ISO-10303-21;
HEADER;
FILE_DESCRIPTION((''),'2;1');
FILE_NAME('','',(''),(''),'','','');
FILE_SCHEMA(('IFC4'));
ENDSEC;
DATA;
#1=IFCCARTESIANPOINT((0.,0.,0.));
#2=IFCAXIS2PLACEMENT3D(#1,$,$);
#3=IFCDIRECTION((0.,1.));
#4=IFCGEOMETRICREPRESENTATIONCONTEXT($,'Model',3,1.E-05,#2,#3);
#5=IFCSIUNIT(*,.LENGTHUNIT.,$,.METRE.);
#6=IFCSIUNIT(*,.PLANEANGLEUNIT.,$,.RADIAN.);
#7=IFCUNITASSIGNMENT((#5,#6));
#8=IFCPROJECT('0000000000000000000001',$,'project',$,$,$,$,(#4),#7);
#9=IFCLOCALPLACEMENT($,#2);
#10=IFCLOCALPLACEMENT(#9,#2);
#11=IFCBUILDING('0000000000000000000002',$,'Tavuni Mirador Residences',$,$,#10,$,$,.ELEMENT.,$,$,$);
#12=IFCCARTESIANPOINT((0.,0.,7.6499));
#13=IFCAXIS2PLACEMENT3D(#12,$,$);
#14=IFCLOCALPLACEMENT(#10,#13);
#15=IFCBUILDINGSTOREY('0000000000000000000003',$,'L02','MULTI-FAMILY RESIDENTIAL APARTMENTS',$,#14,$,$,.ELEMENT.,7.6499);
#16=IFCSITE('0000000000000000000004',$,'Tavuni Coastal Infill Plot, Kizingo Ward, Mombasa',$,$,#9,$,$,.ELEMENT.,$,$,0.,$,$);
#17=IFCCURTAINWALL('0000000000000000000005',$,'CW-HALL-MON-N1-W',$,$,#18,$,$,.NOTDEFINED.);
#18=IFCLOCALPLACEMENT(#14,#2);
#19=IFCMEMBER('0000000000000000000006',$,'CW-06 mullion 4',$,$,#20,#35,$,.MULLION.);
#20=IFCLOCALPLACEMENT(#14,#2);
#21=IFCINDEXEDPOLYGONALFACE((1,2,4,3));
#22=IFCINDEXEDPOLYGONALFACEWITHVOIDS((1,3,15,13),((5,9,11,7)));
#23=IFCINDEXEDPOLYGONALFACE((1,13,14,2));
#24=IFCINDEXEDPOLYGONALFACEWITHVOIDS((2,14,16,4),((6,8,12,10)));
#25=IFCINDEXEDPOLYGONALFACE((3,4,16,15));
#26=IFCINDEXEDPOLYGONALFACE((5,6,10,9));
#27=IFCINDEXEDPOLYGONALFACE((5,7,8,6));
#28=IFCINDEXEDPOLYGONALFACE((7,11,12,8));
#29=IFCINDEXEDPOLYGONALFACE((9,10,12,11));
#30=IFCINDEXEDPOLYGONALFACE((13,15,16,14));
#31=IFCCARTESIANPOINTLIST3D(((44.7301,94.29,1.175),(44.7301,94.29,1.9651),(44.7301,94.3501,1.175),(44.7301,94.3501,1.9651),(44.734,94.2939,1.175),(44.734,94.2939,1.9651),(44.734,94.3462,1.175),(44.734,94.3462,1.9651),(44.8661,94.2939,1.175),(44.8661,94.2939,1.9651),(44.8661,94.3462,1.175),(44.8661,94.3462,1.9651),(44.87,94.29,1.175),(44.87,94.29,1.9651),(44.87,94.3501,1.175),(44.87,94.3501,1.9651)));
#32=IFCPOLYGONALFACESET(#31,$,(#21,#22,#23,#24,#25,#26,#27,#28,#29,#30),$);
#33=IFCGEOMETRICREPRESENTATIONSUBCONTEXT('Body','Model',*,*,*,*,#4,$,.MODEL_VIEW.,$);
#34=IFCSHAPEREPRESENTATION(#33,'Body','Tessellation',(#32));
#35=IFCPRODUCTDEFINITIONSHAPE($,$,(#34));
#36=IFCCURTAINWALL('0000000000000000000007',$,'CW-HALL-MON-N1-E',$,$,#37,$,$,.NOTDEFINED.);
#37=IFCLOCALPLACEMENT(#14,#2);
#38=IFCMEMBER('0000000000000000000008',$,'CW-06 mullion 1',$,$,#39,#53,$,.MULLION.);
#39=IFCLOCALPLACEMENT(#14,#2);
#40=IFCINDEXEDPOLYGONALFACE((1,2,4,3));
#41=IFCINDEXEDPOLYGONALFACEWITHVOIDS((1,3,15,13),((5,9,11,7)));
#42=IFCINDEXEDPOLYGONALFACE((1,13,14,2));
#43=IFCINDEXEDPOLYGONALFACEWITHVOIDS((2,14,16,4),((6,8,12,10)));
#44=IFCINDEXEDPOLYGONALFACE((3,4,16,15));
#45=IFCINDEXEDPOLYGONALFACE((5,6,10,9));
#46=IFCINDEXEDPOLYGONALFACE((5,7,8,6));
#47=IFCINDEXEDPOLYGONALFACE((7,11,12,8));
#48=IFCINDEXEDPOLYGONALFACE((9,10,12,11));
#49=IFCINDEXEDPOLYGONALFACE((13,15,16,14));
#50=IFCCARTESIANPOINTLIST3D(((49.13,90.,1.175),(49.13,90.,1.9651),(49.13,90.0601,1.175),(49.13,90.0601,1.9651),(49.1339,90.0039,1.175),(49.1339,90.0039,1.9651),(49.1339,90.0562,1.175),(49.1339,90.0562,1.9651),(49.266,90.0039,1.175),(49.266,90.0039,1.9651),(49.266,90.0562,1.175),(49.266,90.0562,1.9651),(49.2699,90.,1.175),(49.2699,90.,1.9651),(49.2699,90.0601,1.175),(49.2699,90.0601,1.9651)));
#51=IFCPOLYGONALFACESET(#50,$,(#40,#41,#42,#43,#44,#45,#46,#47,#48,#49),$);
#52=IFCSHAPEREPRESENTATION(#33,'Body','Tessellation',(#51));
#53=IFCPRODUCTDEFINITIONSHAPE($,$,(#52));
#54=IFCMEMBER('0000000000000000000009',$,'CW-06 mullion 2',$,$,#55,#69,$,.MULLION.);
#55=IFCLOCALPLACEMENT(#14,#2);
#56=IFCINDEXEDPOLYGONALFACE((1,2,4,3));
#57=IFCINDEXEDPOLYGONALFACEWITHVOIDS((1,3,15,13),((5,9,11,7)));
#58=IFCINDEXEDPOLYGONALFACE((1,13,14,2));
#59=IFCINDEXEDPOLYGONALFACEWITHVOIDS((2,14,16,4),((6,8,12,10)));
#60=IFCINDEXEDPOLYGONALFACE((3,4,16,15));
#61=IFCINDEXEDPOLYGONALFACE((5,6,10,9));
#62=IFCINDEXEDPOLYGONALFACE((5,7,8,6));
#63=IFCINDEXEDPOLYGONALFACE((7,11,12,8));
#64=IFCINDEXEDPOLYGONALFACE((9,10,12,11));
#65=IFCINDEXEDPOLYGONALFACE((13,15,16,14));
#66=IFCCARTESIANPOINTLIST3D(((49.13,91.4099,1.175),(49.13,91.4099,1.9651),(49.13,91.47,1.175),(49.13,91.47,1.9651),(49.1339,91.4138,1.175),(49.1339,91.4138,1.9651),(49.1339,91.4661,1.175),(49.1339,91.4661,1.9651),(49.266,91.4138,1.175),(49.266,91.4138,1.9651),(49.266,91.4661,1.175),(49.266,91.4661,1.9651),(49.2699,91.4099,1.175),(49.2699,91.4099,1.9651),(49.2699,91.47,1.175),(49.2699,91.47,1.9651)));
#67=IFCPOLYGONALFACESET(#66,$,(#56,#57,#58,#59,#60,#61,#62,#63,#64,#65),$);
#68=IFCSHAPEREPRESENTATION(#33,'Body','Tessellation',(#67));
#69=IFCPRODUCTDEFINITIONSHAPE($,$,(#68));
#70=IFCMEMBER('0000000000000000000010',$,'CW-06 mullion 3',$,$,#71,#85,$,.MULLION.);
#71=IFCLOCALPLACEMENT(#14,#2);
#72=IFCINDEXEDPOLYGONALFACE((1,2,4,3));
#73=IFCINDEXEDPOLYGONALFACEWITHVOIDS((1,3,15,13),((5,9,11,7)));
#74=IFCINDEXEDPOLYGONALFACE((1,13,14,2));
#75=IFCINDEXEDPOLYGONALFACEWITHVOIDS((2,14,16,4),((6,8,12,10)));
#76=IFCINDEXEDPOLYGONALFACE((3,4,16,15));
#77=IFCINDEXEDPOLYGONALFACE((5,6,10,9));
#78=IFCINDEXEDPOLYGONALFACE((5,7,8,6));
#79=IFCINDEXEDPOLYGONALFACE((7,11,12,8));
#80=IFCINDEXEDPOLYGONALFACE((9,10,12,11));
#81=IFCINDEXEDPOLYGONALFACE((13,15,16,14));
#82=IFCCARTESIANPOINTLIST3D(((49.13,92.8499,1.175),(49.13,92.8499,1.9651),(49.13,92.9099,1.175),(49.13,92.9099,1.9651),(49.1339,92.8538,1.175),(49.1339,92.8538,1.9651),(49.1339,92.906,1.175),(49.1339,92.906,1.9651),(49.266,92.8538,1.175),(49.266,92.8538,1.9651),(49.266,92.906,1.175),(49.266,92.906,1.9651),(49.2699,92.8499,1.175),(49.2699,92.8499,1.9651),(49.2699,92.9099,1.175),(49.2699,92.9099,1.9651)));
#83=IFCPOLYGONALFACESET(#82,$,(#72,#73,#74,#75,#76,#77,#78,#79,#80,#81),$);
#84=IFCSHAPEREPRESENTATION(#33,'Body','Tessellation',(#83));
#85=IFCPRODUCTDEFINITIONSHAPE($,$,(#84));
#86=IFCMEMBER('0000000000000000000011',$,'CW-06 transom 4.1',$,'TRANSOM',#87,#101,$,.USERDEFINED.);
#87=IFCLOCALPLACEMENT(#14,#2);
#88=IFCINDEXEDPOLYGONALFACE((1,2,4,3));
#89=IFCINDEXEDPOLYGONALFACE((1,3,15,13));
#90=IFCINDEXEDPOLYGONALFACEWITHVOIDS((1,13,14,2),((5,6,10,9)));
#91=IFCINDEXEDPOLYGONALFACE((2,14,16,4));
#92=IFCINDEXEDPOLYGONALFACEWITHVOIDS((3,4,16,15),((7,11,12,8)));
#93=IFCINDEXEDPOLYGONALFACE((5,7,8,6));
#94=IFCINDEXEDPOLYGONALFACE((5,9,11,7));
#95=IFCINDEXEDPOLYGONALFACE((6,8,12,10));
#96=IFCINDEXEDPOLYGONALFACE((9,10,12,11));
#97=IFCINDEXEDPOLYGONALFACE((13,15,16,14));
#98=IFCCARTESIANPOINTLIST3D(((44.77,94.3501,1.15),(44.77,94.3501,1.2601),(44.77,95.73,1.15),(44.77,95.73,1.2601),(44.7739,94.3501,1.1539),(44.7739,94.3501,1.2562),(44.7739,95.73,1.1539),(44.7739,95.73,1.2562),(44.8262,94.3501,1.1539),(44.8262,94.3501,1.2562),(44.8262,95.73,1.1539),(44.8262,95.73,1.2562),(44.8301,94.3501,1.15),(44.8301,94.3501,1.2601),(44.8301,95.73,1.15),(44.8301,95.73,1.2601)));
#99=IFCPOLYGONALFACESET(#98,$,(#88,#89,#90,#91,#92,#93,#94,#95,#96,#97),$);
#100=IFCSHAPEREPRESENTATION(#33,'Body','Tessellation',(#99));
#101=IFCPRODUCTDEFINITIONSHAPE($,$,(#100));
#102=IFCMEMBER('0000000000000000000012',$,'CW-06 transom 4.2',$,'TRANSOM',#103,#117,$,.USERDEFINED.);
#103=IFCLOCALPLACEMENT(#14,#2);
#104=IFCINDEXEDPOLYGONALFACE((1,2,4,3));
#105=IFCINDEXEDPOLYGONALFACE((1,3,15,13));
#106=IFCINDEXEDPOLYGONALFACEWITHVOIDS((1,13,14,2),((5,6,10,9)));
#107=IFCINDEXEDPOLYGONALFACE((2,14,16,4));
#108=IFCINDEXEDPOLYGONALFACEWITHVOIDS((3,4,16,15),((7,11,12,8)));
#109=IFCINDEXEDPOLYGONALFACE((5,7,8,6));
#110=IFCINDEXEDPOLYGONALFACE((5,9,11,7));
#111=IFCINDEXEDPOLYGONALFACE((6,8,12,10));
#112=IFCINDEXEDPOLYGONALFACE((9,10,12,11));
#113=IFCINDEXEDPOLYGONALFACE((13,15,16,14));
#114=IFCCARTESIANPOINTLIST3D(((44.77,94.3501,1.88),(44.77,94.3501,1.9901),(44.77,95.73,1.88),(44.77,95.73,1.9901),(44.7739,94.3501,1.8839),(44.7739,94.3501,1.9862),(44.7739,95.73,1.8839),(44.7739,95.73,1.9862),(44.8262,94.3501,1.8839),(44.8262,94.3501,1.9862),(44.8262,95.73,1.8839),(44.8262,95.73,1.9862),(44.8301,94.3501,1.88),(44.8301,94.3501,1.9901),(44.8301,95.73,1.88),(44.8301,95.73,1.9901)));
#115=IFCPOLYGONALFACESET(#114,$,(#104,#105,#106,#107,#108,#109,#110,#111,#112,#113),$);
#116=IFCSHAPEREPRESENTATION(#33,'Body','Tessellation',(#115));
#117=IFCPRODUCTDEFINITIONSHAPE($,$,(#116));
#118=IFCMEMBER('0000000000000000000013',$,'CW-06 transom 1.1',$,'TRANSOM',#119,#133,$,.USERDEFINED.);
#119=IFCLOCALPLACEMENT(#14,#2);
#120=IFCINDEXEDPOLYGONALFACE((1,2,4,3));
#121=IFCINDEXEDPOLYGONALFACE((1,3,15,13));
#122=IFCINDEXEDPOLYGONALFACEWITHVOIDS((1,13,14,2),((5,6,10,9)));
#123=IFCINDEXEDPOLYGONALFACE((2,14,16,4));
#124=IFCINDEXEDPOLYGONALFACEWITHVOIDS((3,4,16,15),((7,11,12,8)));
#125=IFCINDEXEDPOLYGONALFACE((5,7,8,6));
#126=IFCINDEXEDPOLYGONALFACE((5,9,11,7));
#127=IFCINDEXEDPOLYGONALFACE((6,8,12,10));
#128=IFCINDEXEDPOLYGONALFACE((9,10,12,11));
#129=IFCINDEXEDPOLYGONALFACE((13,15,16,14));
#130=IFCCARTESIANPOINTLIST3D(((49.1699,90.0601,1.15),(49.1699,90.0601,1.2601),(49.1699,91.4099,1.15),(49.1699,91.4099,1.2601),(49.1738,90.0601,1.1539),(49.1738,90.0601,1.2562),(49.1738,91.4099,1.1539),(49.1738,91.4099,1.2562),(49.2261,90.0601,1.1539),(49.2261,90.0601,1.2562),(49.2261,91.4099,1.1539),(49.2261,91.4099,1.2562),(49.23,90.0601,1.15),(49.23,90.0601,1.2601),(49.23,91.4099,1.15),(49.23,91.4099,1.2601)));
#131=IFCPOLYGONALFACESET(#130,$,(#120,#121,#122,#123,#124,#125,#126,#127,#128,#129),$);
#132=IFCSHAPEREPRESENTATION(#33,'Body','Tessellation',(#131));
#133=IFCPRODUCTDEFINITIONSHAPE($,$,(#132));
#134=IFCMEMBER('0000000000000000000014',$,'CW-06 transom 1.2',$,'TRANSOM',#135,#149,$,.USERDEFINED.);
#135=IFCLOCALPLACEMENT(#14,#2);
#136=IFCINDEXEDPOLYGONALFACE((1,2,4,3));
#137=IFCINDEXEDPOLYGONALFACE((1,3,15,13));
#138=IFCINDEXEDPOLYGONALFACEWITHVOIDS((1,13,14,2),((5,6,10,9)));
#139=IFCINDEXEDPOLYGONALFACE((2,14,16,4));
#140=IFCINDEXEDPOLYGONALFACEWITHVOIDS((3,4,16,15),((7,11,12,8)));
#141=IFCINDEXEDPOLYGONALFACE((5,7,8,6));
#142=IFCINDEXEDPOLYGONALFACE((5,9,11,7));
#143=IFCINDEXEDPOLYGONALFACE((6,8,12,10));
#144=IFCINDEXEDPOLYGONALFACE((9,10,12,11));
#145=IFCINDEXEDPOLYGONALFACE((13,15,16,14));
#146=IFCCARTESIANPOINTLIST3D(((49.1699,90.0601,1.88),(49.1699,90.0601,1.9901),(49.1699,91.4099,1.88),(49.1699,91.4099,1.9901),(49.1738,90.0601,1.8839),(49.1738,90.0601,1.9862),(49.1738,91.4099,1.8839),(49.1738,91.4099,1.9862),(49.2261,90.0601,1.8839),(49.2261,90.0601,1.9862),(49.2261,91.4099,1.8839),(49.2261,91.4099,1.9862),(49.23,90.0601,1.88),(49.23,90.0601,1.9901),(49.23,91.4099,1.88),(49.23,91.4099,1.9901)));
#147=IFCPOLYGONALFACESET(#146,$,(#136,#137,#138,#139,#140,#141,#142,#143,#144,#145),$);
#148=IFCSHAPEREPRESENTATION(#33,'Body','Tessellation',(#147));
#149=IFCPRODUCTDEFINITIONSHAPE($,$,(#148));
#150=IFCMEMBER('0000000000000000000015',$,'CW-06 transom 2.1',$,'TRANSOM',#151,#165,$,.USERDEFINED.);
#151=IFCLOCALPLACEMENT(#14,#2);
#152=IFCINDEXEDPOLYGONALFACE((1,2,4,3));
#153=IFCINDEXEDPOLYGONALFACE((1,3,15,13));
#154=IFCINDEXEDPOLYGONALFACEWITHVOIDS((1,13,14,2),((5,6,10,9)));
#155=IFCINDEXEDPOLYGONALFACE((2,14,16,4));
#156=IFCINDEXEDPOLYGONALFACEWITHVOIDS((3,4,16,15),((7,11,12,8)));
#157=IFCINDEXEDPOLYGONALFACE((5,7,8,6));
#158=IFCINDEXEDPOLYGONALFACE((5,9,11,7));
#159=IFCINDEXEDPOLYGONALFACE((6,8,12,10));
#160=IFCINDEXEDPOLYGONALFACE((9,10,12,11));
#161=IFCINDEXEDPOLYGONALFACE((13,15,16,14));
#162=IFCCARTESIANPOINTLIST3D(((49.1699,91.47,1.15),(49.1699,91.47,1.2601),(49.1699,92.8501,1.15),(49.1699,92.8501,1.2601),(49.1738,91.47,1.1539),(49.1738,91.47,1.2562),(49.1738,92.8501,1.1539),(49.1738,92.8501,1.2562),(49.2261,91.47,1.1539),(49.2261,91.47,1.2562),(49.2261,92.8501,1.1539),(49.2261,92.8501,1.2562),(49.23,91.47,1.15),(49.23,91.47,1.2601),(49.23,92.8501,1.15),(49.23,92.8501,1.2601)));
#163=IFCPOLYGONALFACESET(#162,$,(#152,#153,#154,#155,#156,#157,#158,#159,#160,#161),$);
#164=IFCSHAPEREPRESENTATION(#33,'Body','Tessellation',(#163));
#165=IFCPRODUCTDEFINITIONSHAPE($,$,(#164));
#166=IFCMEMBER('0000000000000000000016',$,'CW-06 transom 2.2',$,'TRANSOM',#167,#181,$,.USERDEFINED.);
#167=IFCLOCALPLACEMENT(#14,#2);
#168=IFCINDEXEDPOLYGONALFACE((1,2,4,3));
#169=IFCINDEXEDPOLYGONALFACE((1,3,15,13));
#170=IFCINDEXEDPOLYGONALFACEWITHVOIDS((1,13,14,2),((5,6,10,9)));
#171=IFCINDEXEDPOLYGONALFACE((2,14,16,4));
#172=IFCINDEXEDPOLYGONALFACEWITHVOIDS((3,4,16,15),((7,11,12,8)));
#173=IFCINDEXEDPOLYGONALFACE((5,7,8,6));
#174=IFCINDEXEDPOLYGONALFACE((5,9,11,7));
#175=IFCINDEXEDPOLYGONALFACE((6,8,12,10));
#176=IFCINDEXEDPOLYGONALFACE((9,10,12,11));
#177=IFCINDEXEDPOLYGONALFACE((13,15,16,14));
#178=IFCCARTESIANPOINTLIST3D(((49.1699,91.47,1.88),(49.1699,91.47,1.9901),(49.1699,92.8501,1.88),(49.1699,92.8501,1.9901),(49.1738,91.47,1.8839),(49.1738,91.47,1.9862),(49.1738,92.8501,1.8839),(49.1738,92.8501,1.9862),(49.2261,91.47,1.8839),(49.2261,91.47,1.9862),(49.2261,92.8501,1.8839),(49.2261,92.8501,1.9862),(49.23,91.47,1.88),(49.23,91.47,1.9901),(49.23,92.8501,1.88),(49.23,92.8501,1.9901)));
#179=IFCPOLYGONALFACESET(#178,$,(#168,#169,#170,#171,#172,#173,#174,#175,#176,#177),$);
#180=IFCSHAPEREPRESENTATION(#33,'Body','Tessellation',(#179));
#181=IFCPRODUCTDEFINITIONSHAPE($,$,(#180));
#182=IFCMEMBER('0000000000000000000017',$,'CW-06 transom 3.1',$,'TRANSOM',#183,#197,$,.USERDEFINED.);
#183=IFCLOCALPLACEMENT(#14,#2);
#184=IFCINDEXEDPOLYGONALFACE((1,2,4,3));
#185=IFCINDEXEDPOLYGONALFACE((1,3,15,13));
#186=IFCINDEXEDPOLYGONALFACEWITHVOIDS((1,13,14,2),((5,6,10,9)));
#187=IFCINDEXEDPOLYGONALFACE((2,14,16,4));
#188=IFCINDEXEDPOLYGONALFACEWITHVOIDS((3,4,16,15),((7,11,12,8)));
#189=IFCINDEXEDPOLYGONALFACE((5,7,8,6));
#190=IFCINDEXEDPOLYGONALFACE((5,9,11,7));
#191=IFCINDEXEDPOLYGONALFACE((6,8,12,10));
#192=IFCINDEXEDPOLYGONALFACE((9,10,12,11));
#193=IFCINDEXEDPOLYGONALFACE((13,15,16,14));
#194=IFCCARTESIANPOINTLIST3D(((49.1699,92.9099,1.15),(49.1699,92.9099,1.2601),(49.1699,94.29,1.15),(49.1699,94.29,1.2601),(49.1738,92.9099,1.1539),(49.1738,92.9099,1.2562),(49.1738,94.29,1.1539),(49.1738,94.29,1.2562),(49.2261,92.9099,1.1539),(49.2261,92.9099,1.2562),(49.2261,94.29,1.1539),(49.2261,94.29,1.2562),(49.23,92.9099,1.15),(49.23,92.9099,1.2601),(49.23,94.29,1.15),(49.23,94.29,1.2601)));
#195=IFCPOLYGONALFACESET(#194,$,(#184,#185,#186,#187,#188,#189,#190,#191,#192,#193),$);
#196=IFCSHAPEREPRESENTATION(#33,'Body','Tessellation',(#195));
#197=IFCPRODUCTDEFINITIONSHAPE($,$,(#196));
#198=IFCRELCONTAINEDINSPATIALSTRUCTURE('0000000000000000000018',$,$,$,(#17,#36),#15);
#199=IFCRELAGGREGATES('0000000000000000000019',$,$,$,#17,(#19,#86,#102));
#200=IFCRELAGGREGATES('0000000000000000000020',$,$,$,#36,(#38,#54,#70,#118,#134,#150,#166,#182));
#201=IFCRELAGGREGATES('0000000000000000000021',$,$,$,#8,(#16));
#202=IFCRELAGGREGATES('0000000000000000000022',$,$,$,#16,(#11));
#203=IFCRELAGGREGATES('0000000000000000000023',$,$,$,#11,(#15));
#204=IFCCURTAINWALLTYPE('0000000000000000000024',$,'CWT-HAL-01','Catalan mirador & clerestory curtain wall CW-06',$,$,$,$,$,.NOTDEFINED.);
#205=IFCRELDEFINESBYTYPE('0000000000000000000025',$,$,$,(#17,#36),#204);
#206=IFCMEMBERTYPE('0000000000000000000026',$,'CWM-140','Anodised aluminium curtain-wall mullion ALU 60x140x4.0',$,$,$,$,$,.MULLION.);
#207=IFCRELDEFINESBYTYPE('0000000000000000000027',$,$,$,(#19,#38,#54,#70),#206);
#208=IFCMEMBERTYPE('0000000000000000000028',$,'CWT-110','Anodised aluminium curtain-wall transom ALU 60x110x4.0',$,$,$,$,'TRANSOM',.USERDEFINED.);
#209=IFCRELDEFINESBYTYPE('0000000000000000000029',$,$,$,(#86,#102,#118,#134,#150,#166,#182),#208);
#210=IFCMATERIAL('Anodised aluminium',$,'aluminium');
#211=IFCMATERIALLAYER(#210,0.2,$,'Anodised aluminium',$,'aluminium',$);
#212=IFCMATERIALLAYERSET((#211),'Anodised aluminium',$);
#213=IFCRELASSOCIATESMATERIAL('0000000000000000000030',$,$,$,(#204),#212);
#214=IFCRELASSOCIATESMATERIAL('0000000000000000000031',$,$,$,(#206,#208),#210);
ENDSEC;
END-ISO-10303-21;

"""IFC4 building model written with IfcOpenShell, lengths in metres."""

from ifc_helpers import new_model, si_unit, direction, frame, origin, origin_2d, place, context, subcontext, project, spatial, hollow_rectangle, extrude, material, layer, layer_set, material_profile, profile_set, type_object, element, aggregate, save


model = new_model("IFC4")

# Units and contexts
model_context = context("Model", 3, precision=1e-05, world=origin(), true_north=direction((0.0, 1.0)))
body_context = subcontext(model_context, "Body", "Model", "MODEL_VIEW")
ifc_project = project(units=[si_unit("LENGTHUNIT", "METRE"), si_unit("PLANEANGLEUNIT", "RADIAN")], contexts=[model_context])

# Site, building, storey
site_placement = place(None, origin())
site = spatial("IfcSite", under=ifc_project, at=site_placement, Name="Tavuni Coastal Infill Plot, Kizingo Ward, Mombasa", CompositionType="ELEMENT", RefElevation=0.0)
building_placement = place(site_placement, origin())
building = spatial("IfcBuilding", under=site, at=building_placement, Name="Tavuni Mirador Residences", CompositionType="ELEMENT")
storey_placement = place(building_placement, frame((0.0, 0.0, 7.6499)))
storey = spatial("IfcBuildingStorey", under=building, at=storey_placement, Name="L02", Description="MULTI-FAMILY RESIDENTIAL APARTMENTS", CompositionType="ELEMENT", Elevation=7.6499)

# Curtain wall, member
ifc_material_1 = material(Name="Anodised aluminium", Category="aluminium")
ifc_layer_1 = layer(ifc_material_1, 0.2, Name="Anodised aluminium", Category="aluminium")
ifc_layer_set_1 = layer_set([ifc_layer_1], Name="Anodised aluminium")
curtain_wall_type = type_object("IfcCurtainWallType", Name="CWT-HAL-01", Description="Catalan mirador & clerestory curtain wall CW-06", PredefinedType="NOTDEFINED", material=ifc_layer_set_1)
curtain_wall_1_placement = place(storey_placement, origin())
curtain_wall_1 = element("IfcCurtainWall", 1, at=curtain_wall_1_placement, inside=storey, type_object=curtain_wall_type, Name="CW-HALL-MON-N1-W", PredefinedType="NOTDEFINED")
ifc_material_profile_1 = material_profile(ifc_material_1, hollow_rectangle(XDim=0.0601, YDim=0.1399, WallThickness=0.0039, at=origin_2d()), Name="ALU 60x140x4.0", Category="aluminium")
ifc_profile_set_1 = profile_set([ifc_material_profile_1], Name="Anodised aluminium")
member_type_1 = type_object("IfcMemberType", Name="CWM-140", Description="Anodised aluminium curtain-wall mullion ALU 60x140x4.0", PredefinedType="MULLION", material=ifc_profile_set_1)
member_1_placement = place(storey_placement, frame((44.8, 94.3201, 1.175), z_axis=(0.0, 0.0, 1.0), x_axis=(0.0, 1.0, 0.0)))
member_1 = element("IfcMember", 2, at=member_1_placement, type_object=member_type_1, Name="CW-06 mullion 4", PredefinedType="MULLION", context=body_context, shape_type="SweptSolid", body=[
    extrude(hollow_rectangle(XDim=0.0601, YDim=0.1399, WallThickness=0.0039, at=origin_2d()), origin(), (0.0, 0.0, 1.0), 0.79),
])

# Curtain wall, members
curtain_wall_2_placement = place(storey_placement, origin())
curtain_wall_2 = element("IfcCurtainWall", 3, at=curtain_wall_2_placement, inside=storey, type_object=curtain_wall_type, Name="CW-HALL-MON-N1-E", PredefinedType="NOTDEFINED")
member_2_placement = place(storey_placement, frame((49.2, 90.03, 1.175), z_axis=(0.0, 0.0, 1.0), x_axis=(0.0, 1.0, 0.0)))
member_2 = element("IfcMember", 4, at=member_2_placement, type_object=member_type_1, Name="CW-06 mullion 1", PredefinedType="MULLION", context=body_context, shape_type="SweptSolid", body=[
    extrude(hollow_rectangle(XDim=0.0601, YDim=0.1399, WallThickness=0.0039, at=origin_2d()), origin(), (0.0, 0.0, 1.0), 0.79),
])
member_3_placement = place(storey_placement, frame((49.2, 91.4399, 1.175), z_axis=(0.0, 0.0, 1.0), x_axis=(0.0, 1.0, 0.0)))
member_3 = element("IfcMember", 5, at=member_3_placement, type_object=member_type_1, Name="CW-06 mullion 2", PredefinedType="MULLION", context=body_context, shape_type="SweptSolid", body=[
    extrude(hollow_rectangle(XDim=0.0601, YDim=0.1399, WallThickness=0.0039, at=origin_2d()), origin(), (0.0, 0.0, 1.0), 0.79),
])
member_4_placement = place(storey_placement, frame((49.2, 92.8799, 1.175), z_axis=(0.0, 0.0, 1.0), x_axis=(0.0, 1.0, 0.0)))
member_4 = element("IfcMember", 6, at=member_4_placement, type_object=member_type_1, Name="CW-06 mullion 3", PredefinedType="MULLION", context=body_context, shape_type="SweptSolid", body=[
    extrude(hollow_rectangle(XDim=0.0601, YDim=0.1399, WallThickness=0.0039, at=origin_2d()), origin(), (0.0, 0.0, 1.0), 0.79),
])

# Members
ifc_material_profile_2 = material_profile(ifc_material_1, hollow_rectangle(XDim=0.0601, YDim=0.1101, WallThickness=0.0039, at=origin_2d()), Name="ALU 60x110x4.0", Category="aluminium")
ifc_profile_set_2 = profile_set([ifc_material_profile_2], Name="Anodised aluminium")
member_type_2 = type_object("IfcMemberType", Name="CWT-110", Description="Anodised aluminium curtain-wall transom ALU 60x110x4.0", ElementType="TRANSOM", PredefinedType="USERDEFINED", material=ifc_profile_set_2)
member_5_placement = place(storey_placement, frame((44.8, 94.3501, 1.2051), z_axis=(0.0, 1.0, 0.0), x_axis=(-1.0, 0.0, 0.0)))
member_5 = element("IfcMember", 7, at=member_5_placement, type_object=member_type_2, Name="CW-06 transom 4.1", ObjectType="TRANSOM", PredefinedType="USERDEFINED", context=body_context, shape_type="SweptSolid", body=[
    extrude(hollow_rectangle(XDim=0.0601, YDim=0.1101, WallThickness=0.0039, at=origin_2d()), origin(), (0.0, 0.0, 1.0), 1.3799),
])
member_6_placement = place(storey_placement, frame((44.8, 94.3501, 1.9351), z_axis=(0.0, 1.0, 0.0), x_axis=(-1.0, 0.0, 0.0)))
member_6 = element("IfcMember", 8, at=member_6_placement, type_object=member_type_2, Name="CW-06 transom 4.2", ObjectType="TRANSOM", PredefinedType="USERDEFINED", context=body_context, shape_type="SweptSolid", body=[
    extrude(hollow_rectangle(XDim=0.0601, YDim=0.1101, WallThickness=0.0039, at=origin_2d()), origin(), (0.0, 0.0, 1.0), 1.3799),
])
member_7_placement = place(storey_placement, frame((49.2, 90.0601, 1.2051), z_axis=(0.0, 1.0, 0.0), x_axis=(-1.0, 0.0, 0.0)))
member_7 = element("IfcMember", 9, at=member_7_placement, type_object=member_type_2, Name="CW-06 transom 1.1", ObjectType="TRANSOM", PredefinedType="USERDEFINED", context=body_context, shape_type="SweptSolid", body=[
    extrude(hollow_rectangle(XDim=0.0601, YDim=0.1101, WallThickness=0.0039, at=origin_2d()), origin(), (0.0, 0.0, 1.0), 1.3499),
])
member_8_placement = place(storey_placement, frame((49.2, 90.0601, 1.9351), z_axis=(0.0, 1.0, 0.0), x_axis=(-1.0, 0.0, 0.0)))
member_8 = element("IfcMember", 10, at=member_8_placement, type_object=member_type_2, Name="CW-06 transom 1.2", ObjectType="TRANSOM", PredefinedType="USERDEFINED", context=body_context, shape_type="SweptSolid", body=[
    extrude(hollow_rectangle(XDim=0.0601, YDim=0.1101, WallThickness=0.0039, at=origin_2d()), origin(), (0.0, 0.0, 1.0), 1.3499),
])
member_9_placement = place(storey_placement, frame((49.2, 91.47, 1.2051), z_axis=(0.0, 1.0, 0.0), x_axis=(-1.0, 0.0, 0.0)))
member_9 = element("IfcMember", 11, at=member_9_placement, type_object=member_type_2, Name="CW-06 transom 2.1", ObjectType="TRANSOM", PredefinedType="USERDEFINED", context=body_context, shape_type="SweptSolid", body=[
    extrude(hollow_rectangle(XDim=0.0601, YDim=0.1101, WallThickness=0.0039, at=origin_2d()), origin(), (0.0, 0.0, 1.0), 1.3801),
])
member_10_placement = place(storey_placement, frame((49.2, 91.47, 1.9351), z_axis=(0.0, 1.0, 0.0), x_axis=(-1.0, 0.0, 0.0)))
member_10 = element("IfcMember", 12, at=member_10_placement, type_object=member_type_2, Name="CW-06 transom 2.2", ObjectType="TRANSOM", PredefinedType="USERDEFINED", context=body_context, shape_type="SweptSolid", body=[
    extrude(hollow_rectangle(XDim=0.0601, YDim=0.1101, WallThickness=0.0039, at=origin_2d()), origin(), (0.0, 0.0, 1.0), 1.3801),
])
member_11_placement = place(storey_placement, frame((49.2, 92.9099, 1.2051), z_axis=(0.0, 1.0, 0.0), x_axis=(-1.0, 0.0, 0.0)))
member_11 = element("IfcMember", 13, at=member_11_placement, type_object=member_type_2, Name="CW-06 transom 3.1", ObjectType="TRANSOM", PredefinedType="USERDEFINED", context=body_context, shape_type="SweptSolid", body=[
    extrude(hollow_rectangle(XDim=0.0601, YDim=0.1101, WallThickness=0.0039, at=origin_2d()), origin(), (0.0, 0.0, 1.0), 1.3801),
])

aggregate(curtain_wall_1, [member_1, member_5, member_6])
aggregate(curtain_wall_2, [member_2, member_3, member_4, member_7, member_8, member_9, member_10, member_11])

save(model, "model.ifc")
